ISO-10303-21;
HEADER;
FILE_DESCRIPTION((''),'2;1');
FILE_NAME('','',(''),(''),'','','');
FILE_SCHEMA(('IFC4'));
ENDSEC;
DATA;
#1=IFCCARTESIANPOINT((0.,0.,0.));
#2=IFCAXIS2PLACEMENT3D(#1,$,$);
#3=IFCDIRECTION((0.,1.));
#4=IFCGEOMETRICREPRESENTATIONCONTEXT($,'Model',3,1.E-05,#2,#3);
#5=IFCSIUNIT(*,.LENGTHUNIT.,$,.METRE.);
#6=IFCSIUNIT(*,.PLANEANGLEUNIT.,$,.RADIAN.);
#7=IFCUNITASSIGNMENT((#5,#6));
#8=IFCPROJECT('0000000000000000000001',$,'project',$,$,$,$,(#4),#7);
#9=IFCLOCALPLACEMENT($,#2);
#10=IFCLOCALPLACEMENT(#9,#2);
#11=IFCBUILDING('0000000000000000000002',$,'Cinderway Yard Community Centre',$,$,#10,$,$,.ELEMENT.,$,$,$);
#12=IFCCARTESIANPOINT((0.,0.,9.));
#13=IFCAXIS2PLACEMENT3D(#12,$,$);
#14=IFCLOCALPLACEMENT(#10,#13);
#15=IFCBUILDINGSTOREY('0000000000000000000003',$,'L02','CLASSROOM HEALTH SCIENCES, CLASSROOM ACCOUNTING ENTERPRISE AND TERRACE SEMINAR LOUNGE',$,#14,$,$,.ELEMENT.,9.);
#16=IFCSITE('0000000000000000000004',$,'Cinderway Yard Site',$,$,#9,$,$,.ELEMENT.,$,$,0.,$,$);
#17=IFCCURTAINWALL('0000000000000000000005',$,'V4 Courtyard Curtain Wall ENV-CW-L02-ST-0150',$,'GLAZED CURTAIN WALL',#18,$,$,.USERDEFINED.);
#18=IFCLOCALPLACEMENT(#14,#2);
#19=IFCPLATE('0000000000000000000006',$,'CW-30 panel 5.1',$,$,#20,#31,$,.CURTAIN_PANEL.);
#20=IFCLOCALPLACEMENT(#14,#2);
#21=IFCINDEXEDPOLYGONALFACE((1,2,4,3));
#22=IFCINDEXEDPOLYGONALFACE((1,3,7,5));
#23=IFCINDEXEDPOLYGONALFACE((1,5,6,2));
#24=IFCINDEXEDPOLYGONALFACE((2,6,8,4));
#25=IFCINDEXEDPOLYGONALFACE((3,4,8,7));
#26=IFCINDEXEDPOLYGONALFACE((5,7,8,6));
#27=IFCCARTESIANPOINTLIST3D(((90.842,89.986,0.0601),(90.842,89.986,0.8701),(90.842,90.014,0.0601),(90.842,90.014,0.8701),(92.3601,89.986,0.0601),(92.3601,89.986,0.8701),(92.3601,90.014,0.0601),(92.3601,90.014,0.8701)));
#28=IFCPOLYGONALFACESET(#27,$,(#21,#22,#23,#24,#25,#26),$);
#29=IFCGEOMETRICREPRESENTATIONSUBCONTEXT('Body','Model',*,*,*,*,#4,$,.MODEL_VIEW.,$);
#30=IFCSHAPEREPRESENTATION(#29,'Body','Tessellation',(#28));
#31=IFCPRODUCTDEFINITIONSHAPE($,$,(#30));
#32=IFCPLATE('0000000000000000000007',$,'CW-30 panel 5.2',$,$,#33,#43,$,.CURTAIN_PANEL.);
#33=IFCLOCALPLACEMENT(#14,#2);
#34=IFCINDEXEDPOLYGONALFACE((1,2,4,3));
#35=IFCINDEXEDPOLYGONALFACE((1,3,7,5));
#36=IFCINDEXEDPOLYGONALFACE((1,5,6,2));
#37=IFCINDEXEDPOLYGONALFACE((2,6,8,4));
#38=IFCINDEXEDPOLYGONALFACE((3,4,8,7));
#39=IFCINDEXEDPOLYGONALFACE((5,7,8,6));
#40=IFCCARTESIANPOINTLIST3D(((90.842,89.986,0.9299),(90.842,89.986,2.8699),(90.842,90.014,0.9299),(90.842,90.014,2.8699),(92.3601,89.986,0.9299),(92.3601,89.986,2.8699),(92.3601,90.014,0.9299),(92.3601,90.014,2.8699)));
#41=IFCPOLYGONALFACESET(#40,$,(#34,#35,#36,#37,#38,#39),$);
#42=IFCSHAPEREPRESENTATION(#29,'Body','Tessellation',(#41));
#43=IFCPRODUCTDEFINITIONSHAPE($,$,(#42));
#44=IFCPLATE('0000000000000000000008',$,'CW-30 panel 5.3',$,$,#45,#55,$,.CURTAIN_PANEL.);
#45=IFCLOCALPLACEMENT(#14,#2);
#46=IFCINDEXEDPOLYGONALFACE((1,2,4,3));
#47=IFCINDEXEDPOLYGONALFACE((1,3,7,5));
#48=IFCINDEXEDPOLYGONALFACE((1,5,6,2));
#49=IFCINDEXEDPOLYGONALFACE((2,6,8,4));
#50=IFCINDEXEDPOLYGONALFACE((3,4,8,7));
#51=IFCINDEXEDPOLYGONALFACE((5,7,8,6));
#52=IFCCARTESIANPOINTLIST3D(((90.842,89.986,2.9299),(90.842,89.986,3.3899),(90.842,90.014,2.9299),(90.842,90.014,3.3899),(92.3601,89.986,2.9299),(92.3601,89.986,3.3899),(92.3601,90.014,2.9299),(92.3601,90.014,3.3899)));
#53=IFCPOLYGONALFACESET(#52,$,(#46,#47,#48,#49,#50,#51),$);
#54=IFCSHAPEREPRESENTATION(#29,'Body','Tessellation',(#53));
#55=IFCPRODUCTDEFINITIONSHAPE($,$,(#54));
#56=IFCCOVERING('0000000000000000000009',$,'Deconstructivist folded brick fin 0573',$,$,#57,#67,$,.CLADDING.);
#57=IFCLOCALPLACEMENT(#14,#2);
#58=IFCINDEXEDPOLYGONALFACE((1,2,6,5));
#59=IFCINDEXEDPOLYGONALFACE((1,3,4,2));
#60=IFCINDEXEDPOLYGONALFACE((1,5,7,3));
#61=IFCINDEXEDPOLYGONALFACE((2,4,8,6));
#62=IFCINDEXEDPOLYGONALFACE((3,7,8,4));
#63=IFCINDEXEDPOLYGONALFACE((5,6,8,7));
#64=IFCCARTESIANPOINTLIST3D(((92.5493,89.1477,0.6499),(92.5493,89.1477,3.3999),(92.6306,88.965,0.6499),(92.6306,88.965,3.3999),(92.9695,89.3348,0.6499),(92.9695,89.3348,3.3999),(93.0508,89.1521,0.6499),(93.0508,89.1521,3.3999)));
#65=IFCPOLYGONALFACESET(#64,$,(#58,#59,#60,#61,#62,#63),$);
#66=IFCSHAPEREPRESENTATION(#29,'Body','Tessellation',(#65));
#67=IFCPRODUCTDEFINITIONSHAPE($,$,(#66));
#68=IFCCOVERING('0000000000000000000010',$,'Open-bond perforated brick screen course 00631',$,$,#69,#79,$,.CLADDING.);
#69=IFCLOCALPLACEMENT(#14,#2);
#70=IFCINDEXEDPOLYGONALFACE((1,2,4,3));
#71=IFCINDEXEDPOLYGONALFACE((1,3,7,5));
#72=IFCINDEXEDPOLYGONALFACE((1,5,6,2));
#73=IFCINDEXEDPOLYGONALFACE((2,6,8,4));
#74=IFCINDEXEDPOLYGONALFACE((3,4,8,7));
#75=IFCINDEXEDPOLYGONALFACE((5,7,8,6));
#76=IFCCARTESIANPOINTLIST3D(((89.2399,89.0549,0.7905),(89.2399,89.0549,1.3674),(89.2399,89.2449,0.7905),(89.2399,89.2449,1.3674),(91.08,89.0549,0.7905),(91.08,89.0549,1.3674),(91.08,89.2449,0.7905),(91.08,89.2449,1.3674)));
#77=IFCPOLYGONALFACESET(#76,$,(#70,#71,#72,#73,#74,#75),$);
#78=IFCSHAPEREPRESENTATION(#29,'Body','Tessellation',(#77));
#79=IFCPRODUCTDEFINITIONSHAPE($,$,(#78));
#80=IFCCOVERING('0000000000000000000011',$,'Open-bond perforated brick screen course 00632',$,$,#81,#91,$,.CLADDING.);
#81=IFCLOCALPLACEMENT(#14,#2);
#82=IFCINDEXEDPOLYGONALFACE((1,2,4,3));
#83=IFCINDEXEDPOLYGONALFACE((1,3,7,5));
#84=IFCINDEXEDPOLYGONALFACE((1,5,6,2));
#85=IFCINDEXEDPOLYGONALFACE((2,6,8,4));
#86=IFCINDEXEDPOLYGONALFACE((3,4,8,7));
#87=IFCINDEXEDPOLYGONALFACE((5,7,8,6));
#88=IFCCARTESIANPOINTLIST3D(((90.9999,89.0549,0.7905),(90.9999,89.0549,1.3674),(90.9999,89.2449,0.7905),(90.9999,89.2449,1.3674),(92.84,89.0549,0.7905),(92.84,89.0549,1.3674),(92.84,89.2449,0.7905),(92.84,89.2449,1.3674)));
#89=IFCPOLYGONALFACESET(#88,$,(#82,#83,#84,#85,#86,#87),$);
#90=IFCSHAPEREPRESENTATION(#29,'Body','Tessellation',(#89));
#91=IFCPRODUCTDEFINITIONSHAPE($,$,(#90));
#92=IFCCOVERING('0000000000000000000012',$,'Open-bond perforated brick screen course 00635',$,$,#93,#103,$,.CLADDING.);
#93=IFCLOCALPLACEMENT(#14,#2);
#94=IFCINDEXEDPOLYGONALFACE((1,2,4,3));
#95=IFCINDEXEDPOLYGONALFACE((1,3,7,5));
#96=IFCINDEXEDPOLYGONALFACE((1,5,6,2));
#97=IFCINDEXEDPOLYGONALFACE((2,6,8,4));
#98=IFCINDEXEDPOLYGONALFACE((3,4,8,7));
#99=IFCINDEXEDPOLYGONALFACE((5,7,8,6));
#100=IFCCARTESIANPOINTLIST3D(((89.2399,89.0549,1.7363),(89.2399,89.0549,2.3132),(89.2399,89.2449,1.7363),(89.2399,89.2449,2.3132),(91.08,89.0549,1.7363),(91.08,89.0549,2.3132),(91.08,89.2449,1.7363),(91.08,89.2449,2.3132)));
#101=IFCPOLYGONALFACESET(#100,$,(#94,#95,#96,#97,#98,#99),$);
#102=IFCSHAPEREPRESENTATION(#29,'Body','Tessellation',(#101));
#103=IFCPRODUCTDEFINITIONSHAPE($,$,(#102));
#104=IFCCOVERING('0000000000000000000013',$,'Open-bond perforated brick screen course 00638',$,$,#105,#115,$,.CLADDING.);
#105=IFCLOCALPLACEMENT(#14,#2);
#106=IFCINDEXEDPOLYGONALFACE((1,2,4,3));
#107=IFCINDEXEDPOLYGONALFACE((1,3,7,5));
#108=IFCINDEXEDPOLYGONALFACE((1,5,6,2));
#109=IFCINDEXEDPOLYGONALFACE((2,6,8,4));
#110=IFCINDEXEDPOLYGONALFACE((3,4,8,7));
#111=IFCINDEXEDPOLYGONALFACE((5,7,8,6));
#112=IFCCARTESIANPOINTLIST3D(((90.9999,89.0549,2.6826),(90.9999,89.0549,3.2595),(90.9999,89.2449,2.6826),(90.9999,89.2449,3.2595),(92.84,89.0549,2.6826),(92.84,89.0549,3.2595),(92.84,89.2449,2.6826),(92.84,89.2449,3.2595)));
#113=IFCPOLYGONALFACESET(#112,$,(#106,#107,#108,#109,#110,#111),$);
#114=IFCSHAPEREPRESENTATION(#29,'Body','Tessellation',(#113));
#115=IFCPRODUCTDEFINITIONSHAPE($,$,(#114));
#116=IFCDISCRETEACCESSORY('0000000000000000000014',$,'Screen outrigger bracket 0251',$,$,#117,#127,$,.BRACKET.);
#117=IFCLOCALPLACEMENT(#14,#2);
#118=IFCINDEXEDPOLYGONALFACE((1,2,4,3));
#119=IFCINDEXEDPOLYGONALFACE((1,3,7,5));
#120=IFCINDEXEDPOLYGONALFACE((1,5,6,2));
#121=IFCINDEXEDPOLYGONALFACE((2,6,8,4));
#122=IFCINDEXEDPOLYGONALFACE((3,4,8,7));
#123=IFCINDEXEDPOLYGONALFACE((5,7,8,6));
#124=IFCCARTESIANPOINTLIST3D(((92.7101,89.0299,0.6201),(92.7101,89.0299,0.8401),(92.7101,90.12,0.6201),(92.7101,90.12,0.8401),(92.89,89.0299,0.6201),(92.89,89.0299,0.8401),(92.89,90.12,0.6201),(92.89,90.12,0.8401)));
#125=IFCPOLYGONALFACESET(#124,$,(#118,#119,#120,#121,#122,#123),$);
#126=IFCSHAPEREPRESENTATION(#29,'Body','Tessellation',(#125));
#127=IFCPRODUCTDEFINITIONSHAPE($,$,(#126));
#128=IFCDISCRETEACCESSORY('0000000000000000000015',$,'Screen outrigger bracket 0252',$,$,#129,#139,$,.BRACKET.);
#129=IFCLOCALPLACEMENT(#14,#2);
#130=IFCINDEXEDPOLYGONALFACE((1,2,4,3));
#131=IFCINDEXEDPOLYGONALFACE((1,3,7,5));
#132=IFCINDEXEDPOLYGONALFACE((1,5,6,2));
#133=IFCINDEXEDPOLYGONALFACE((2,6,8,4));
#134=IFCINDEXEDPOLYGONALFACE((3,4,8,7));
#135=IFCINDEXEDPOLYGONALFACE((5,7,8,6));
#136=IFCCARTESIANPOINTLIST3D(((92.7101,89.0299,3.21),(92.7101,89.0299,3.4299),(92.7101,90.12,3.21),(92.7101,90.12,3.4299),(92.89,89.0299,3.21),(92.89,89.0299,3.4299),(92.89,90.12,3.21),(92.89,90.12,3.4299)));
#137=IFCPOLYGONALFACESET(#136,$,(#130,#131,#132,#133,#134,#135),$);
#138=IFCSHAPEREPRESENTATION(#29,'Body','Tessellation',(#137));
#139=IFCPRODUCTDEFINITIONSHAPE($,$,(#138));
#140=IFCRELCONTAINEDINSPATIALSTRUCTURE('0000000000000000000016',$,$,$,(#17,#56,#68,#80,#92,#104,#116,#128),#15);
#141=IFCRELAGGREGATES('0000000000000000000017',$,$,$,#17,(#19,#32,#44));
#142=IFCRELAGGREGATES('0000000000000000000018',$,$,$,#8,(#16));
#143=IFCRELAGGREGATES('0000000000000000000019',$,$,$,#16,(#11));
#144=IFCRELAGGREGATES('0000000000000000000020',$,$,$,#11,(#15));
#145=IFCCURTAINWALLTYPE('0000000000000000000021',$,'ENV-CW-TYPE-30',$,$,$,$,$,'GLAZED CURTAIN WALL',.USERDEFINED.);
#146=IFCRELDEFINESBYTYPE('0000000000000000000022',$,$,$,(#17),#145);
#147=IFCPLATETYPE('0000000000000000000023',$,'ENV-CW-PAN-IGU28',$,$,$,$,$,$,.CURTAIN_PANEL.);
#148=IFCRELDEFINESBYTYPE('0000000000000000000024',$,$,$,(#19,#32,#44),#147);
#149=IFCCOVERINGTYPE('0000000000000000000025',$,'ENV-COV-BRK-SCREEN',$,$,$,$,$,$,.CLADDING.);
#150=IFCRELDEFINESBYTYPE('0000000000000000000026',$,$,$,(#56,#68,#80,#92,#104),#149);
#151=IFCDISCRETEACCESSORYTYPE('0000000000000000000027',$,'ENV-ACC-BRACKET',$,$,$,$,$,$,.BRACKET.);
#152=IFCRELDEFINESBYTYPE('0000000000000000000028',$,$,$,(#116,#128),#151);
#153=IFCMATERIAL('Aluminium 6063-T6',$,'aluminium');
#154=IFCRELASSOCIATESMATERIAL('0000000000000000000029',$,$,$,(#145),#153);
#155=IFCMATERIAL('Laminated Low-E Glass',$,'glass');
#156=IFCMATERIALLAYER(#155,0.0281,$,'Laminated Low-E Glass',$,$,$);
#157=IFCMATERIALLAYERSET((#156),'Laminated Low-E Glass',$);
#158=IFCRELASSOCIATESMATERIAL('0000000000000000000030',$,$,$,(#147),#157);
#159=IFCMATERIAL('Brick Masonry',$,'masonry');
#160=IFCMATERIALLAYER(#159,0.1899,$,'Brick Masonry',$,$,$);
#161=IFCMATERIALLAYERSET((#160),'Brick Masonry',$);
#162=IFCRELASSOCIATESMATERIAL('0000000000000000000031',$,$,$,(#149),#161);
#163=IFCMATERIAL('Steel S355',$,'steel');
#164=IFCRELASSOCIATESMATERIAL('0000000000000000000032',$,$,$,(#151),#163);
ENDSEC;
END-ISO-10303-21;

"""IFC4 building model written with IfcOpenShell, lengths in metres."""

from ifc_helpers import new_model, si_unit, direction, frame, origin, origin_2d, place, context, subcontext, project, spatial, rectangle, extrude, material, layer, layer_set, type_object, element, aggregate, save


model = new_model("IFC4")

# Units and contexts
model_context = context("Model", 3, precision=1e-05, world=origin(), true_north=direction((0.0, 1.0)))
body_context = subcontext(model_context, "Body", "Model", "MODEL_VIEW")
ifc_project = project(units=[si_unit("LENGTHUNIT", "METRE"), si_unit("PLANEANGLEUNIT", "RADIAN")], contexts=[model_context])

# Site, building, storey
site_placement = place(None, origin())
site = spatial("IfcSite", under=ifc_project, at=site_placement, Name="Cinderway Yard Site", CompositionType="ELEMENT", RefElevation=0.0)
building_placement = place(site_placement, origin())
building = spatial("IfcBuilding", under=site, at=building_placement, Name="Cinderway Yard Community Centre", CompositionType="ELEMENT")
storey_placement = place(building_placement, frame((0.0, 0.0, 9.0)))
storey = spatial("IfcBuildingStorey", under=building, at=storey_placement, Name="L02", Description="CLASSROOM HEALTH SCIENCES, CLASSROOM ACCOUNTING ENTERPRISE AND TERRACE SEMINAR LOUNGE", CompositionType="ELEMENT", Elevation=9.0)

# Curtain wall
ifc_material_1 = material(Name="Aluminium 6063-T6", Category="aluminium")
curtain_wall_type = type_object("IfcCurtainWallType", Name="ENV-CW-TYPE-30", ElementType="GLAZED CURTAIN WALL", PredefinedType="USERDEFINED", material=ifc_material_1)
curtain_wall_placement = place(storey_placement, origin())
curtain_wall = element("IfcCurtainWall", 1, at=curtain_wall_placement, inside=storey, type_object=curtain_wall_type, Name="V4 Courtyard Curtain Wall ENV-CW-L02-ST-0150", ObjectType="GLAZED CURTAIN WALL", PredefinedType="USERDEFINED")

# Shared definitions
ifc_material_2 = material(Name="Steel S355", Category="steel")

# Plates
ifc_material_3 = material(Name="Laminated Low-E Glass", Category="glass")
ifc_layer_1 = layer(ifc_material_3, 0.0281, Name="Laminated Low-E Glass")
ifc_layer_set_1 = layer_set([ifc_layer_1], Name="Laminated Low-E Glass")
plate_type = type_object("IfcPlateType", Name="ENV-CW-PAN-IGU28", PredefinedType="CURTAIN_PANEL", material=ifc_layer_set_1)
plate_1_placement = place(storey_placement, frame((91.6011, 90.0, 0.0601), z_axis=(0.0, 0.0, 1.0), x_axis=(1.0, 0.0, 0.0)))
plate_1 = element("IfcPlate", 2, at=plate_1_placement, type_object=plate_type, Name="CW-30 panel 5.1", PredefinedType="CURTAIN_PANEL", context=body_context, shape_type="SweptSolid", body=[
    extrude(rectangle(XDim=1.5181, YDim=0.0281, at=origin_2d()), origin(), (0.0, 0.0, 1.0), 0.8101),
])
plate_2_placement = place(storey_placement, frame((91.6011, 90.0, 0.9299), z_axis=(0.0, 0.0, 1.0), x_axis=(1.0, 0.0, 0.0)))
plate_2 = element("IfcPlate", 3, at=plate_2_placement, type_object=plate_type, Name="CW-30 panel 5.2", PredefinedType="CURTAIN_PANEL", context=body_context, shape_type="SweptSolid", body=[
    extrude(rectangle(XDim=1.5181, YDim=0.0281, at=origin_2d()), origin(), (0.0, 0.0, 1.0), 1.9399),
])
plate_3_placement = place(storey_placement, frame((91.6011, 90.0, 2.9299), z_axis=(0.0, 0.0, 1.0), x_axis=(1.0, 0.0, 0.0)))
plate_3 = element("IfcPlate", 4, at=plate_3_placement, type_object=plate_type, Name="CW-30 panel 5.3", PredefinedType="CURTAIN_PANEL", context=body_context, shape_type="SweptSolid", body=[
    extrude(rectangle(XDim=1.5181, YDim=0.0281, at=origin_2d()), origin(), (0.0, 0.0, 1.0), 0.46),
])
aggregate(curtain_wall, [plate_1, plate_2, plate_3])

# Coverings
ifc_material_4 = material(Name="Brick Masonry", Category="masonry")
ifc_layer_2 = layer(ifc_material_4, 0.1899, Name="Brick Masonry")
ifc_layer_set_2 = layer_set([ifc_layer_2], Name="Brick Masonry")
covering_type = type_object("IfcCoveringType", Name="ENV-COV-BRK-SCREEN", PredefinedType="CLADDING", material=ifc_layer_set_2)
covering_placement = place(storey_placement, frame((92.8, 89.1499, 0.6499), z_axis=(0.0, 0.0, 1.0), x_axis=(-0.913545, -0.406737, 0.0)))
element("IfcCovering", 5, at=covering_placement, inside=storey, type_object=covering_type, Name="Deconstructivist folded brick fin 0573", PredefinedType="CLADDING", context=body_context, shape_type="SweptSolid", body=[
    extrude(rectangle(XDim=0.46, YDim=0.2, at=origin_2d()), origin(), (0.0, 0.0, 1.0), 2.75),
])
for number, where, z_axis, x_axis, name in (
    (6, (90.1599, 89.1499, 0.7905), (0.0, 0.0, 1.0), (-1.0, 0.0, 0.0), "Open-bond perforated brick screen course 00631"),
    (7, (91.9199, 89.1499, 0.7905), (0.0, 0.0, 1.0), (-1.0, 0.0, 0.0), "Open-bond perforated brick screen course 00632"),
    (8, (90.1599, 89.1499, 1.7363), (0.0, 0.0, 1.0), (-1.0, 0.0, 0.0), "Open-bond perforated brick screen course 00635"),
    (9, (91.9199, 89.1499, 2.6826), (0.0, 0.0, 1.0), (-1.0, 0.0, 0.0), "Open-bond perforated brick screen course 00638"),
):
    element("IfcCovering", number, at=place(storey_placement, frame(where, z_axis=z_axis, x_axis=x_axis)), inside=storey, type_object=covering_type, Name=name, PredefinedType="CLADDING", context=body_context, shape_type="SweptSolid", body=[
        extrude(rectangle(XDim=1.8401, YDim=0.1899, at=origin_2d()), origin(), (0.0, 0.0, 1.0), 0.5769),
    ])

# Discrete accessories
discrete_accessory_type = type_object("IfcDiscreteAccessoryType", Name="ENV-ACC-BRACKET", PredefinedType="BRACKET", material=ifc_material_2)
for number, where, z_axis, x_axis, name in (
    (10, (92.8, 89.575, 0.6201), (0.0, 0.0, 1.0), (0.0, -1.0, 0.0), "Screen outrigger bracket 0251"),
    (11, (92.8, 89.575, 3.21), (0.0, 0.0, 1.0), (0.0, -1.0, 0.0), "Screen outrigger bracket 0252"),
):
    element("IfcDiscreteAccessory", number, at=place(storey_placement, frame(where, z_axis=z_axis, x_axis=x_axis)), inside=storey, type_object=discrete_accessory_type, Name=name, PredefinedType="BRACKET", context=body_context, shape_type="SweptSolid", body=[
        extrude(rectangle(XDim=1.0901, YDim=0.1799, at=origin_2d()), origin(), (0.0, 0.0, 1.0), 0.22),
    ])

save(model, "model.ifc")
